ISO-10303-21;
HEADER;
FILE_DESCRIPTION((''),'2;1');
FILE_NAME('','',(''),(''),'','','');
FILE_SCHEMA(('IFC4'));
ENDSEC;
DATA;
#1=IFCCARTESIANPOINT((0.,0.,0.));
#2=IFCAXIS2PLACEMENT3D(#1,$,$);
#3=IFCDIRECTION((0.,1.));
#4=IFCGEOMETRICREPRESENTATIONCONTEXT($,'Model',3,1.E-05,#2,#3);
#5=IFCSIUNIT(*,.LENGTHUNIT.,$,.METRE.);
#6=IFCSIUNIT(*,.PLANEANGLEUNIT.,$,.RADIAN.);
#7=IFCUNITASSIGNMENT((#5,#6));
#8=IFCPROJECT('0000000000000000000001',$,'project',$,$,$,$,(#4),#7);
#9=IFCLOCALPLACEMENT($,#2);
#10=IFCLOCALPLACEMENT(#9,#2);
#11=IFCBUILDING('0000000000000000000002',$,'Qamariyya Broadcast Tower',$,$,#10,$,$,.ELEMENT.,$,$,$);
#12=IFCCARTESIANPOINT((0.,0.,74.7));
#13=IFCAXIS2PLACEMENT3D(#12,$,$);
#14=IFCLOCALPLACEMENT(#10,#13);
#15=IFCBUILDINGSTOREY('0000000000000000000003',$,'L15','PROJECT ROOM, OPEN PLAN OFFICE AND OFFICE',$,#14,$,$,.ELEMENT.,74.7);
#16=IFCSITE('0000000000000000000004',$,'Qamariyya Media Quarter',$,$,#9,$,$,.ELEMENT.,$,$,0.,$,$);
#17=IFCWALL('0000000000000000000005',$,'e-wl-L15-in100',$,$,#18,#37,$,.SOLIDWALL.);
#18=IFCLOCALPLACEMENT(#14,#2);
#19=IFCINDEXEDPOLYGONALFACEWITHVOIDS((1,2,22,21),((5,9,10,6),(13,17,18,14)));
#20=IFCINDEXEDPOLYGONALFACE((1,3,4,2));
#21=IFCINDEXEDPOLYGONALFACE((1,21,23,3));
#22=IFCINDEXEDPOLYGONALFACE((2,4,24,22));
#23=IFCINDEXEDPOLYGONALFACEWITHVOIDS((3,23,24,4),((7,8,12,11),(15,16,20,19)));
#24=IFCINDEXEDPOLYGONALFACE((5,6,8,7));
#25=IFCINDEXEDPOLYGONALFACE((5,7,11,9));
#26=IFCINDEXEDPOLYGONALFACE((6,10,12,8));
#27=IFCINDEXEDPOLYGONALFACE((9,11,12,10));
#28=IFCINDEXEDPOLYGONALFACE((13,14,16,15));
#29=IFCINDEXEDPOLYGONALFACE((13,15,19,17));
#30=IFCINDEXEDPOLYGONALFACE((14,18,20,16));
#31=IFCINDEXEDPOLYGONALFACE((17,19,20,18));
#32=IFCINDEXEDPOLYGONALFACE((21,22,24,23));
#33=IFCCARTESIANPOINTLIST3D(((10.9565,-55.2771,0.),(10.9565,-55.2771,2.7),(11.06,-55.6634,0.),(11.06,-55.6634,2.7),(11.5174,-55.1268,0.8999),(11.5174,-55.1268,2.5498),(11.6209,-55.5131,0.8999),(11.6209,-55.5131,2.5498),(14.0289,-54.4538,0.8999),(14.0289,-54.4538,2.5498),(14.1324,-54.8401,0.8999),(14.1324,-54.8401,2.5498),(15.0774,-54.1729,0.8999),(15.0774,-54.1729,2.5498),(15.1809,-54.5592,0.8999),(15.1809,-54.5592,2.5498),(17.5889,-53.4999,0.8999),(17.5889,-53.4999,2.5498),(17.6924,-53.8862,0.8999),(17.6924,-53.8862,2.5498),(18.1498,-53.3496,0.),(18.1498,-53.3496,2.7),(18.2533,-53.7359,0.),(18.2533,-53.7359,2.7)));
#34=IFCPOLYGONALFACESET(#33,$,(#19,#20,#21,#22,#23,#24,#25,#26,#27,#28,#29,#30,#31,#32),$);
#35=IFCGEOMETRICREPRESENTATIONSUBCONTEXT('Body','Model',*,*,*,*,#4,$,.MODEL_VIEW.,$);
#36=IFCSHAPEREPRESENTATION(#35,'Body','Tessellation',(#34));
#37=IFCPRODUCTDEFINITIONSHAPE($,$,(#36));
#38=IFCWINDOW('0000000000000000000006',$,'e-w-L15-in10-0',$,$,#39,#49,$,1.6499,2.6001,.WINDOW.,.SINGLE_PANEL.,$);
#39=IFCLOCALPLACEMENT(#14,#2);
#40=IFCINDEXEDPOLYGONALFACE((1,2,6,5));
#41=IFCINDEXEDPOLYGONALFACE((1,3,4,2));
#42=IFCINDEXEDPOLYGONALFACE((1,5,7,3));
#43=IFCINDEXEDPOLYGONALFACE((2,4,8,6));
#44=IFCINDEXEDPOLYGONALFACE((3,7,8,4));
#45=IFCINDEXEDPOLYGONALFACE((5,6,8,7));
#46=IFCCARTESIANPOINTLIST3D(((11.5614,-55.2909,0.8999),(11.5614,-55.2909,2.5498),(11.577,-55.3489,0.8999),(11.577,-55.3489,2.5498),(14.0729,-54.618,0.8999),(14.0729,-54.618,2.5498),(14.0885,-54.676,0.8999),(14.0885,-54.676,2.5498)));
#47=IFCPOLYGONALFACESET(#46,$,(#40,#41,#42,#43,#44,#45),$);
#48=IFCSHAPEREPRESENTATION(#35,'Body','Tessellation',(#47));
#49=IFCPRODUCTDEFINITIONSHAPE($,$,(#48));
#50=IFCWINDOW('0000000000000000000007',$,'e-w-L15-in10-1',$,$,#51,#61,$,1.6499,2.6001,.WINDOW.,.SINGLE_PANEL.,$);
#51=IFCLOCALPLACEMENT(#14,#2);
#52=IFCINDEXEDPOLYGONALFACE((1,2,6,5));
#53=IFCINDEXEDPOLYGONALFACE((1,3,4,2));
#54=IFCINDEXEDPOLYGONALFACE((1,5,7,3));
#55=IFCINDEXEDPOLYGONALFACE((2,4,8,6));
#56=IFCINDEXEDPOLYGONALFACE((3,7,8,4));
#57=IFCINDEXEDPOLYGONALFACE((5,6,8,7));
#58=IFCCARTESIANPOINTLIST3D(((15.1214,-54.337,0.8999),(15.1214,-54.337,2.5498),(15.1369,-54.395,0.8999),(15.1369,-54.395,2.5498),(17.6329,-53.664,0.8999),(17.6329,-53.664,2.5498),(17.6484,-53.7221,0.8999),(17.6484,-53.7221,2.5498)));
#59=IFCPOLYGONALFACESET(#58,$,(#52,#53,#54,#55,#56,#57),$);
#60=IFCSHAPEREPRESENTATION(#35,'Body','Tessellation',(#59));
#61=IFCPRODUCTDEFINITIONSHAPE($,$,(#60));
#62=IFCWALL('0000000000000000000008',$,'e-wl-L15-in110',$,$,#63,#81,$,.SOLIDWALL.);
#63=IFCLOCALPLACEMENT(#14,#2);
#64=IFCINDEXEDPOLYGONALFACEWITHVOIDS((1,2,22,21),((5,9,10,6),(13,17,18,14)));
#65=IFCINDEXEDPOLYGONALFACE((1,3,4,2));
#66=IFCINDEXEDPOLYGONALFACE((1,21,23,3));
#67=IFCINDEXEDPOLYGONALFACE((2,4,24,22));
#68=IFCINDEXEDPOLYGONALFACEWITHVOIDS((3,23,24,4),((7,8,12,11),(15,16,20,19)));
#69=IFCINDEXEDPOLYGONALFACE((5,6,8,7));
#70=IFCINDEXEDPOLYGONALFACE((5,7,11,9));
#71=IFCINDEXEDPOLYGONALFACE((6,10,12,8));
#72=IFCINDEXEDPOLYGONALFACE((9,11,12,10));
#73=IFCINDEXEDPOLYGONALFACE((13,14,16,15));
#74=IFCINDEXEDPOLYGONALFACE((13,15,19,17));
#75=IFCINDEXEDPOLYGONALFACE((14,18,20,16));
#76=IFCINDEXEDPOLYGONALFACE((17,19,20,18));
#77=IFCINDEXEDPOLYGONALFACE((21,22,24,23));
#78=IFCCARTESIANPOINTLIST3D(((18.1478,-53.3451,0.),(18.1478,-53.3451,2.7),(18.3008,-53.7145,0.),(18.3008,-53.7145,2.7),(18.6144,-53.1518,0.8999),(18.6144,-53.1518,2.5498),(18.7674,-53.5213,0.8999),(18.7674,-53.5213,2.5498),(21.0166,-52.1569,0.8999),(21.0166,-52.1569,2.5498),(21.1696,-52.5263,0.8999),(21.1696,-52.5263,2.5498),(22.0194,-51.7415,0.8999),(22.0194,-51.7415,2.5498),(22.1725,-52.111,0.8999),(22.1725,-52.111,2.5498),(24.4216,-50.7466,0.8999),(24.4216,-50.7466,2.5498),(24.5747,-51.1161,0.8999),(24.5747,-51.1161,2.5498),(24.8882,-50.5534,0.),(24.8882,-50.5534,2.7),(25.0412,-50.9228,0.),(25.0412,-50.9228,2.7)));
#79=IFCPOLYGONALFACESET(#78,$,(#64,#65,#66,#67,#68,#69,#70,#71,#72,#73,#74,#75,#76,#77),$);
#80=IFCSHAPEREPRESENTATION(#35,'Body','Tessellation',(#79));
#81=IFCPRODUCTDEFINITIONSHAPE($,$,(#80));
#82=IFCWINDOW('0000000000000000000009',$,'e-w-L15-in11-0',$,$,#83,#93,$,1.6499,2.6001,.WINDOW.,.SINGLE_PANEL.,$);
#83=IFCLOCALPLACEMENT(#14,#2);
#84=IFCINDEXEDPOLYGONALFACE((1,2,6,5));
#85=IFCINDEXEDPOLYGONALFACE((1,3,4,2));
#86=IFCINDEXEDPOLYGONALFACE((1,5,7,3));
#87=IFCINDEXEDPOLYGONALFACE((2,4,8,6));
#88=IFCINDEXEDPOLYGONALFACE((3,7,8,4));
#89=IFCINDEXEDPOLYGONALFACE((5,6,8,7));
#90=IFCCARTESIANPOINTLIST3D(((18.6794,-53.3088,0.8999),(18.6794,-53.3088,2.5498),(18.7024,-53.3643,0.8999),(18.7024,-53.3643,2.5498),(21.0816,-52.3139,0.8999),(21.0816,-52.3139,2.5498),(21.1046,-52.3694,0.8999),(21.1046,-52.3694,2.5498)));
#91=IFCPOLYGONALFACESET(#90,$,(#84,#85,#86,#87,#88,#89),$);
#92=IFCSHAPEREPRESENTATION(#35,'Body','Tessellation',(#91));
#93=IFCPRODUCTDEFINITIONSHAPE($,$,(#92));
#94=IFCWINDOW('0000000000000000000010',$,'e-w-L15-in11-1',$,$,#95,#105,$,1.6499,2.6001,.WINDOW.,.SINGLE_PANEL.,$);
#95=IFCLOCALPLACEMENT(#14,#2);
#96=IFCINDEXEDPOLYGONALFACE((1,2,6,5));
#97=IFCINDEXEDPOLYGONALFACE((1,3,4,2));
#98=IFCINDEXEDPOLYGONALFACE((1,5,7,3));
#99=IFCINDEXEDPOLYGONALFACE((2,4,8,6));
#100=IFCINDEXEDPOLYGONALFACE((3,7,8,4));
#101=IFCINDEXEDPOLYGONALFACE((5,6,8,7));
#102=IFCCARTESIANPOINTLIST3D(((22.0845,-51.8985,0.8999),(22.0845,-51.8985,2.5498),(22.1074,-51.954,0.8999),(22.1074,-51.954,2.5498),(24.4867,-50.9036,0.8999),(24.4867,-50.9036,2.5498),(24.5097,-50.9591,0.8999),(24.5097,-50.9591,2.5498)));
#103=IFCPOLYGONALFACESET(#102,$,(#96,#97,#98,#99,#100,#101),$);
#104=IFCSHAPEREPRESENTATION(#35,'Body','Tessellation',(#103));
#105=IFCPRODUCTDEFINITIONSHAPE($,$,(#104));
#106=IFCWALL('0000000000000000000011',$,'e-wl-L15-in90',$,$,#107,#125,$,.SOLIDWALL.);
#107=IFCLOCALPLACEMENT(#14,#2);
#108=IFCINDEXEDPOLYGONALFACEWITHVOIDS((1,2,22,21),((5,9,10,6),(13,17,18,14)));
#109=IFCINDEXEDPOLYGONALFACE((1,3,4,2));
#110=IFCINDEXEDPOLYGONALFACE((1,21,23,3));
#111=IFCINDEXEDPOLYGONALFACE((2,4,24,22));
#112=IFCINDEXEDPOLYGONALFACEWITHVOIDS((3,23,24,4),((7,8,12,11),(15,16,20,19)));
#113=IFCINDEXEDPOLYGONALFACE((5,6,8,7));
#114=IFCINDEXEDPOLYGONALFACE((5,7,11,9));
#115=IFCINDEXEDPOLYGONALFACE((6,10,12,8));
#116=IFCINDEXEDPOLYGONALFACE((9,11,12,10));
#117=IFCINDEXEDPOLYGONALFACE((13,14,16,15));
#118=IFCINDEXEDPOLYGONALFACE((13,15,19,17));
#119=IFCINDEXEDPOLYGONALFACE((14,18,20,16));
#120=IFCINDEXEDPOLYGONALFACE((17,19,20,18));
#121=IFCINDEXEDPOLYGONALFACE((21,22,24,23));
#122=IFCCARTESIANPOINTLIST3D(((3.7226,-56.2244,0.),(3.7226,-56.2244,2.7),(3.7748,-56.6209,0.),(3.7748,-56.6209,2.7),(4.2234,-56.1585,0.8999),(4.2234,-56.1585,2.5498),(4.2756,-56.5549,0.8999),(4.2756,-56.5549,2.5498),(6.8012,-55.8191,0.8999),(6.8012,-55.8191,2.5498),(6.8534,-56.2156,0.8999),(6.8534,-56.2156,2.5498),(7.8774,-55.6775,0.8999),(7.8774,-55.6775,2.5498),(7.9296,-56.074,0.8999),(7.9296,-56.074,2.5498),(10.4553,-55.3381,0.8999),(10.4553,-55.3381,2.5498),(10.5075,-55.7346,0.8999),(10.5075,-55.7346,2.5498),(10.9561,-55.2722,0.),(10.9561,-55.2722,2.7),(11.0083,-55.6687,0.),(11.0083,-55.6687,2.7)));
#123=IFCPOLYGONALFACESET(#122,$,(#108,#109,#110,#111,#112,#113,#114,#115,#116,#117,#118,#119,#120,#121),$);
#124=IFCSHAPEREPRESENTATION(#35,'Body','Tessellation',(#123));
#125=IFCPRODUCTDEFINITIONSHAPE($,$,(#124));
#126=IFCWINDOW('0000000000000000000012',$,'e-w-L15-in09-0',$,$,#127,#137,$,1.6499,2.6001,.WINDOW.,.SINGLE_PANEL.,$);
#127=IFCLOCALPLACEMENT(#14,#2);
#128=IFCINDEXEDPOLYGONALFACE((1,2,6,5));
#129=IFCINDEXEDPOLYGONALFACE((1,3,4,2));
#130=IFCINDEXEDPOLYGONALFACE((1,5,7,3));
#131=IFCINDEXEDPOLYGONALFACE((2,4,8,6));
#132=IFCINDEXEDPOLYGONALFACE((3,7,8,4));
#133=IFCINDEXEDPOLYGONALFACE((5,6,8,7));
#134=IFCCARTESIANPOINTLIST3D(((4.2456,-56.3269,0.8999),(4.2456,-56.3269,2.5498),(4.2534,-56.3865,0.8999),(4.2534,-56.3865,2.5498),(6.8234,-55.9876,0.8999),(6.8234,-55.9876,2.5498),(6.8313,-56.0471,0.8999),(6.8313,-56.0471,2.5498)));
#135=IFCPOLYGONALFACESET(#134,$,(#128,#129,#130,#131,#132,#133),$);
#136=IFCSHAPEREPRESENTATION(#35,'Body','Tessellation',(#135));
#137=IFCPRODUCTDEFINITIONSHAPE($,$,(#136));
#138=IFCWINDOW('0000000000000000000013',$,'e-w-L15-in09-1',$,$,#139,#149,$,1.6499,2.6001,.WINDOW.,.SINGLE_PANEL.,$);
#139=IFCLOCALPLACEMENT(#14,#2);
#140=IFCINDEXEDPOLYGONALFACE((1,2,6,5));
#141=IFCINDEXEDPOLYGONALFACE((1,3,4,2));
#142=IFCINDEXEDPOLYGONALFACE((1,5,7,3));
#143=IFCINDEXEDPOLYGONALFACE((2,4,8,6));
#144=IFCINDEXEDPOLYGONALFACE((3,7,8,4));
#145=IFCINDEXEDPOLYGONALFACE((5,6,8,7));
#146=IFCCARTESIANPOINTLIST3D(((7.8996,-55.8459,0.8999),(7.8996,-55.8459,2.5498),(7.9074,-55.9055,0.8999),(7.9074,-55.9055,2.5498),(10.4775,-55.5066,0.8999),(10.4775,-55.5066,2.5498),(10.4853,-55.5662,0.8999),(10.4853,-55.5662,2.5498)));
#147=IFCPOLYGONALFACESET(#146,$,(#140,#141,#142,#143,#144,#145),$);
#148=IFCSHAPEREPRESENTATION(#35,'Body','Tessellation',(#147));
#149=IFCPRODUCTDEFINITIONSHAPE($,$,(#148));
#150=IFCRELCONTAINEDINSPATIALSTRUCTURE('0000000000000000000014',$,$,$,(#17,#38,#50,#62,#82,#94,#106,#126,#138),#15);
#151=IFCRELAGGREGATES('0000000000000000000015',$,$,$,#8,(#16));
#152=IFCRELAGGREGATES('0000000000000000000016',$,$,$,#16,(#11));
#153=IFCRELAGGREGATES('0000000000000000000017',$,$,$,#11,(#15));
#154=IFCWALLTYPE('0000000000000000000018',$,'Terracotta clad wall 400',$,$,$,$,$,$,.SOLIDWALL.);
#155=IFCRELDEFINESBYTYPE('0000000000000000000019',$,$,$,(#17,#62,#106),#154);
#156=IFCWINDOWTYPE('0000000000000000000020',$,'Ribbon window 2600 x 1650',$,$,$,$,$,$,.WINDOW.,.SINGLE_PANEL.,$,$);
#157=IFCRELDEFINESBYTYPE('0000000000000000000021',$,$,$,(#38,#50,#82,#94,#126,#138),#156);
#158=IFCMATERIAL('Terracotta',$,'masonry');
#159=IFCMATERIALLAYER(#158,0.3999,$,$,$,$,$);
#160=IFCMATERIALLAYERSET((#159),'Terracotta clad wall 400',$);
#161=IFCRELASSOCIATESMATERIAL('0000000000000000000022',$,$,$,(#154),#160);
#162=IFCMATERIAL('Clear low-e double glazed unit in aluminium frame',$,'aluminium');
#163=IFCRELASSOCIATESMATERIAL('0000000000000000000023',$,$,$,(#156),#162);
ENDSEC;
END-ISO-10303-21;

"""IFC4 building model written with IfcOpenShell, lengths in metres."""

from ifc_helpers import new_model, si_unit, direction, frame, frame_2d, origin, place, context, subcontext, project, spatial, rectangle, extrude, material, layer, layer_set, type_object, element, fill, save


model = new_model("IFC4")

# Units and contexts
model_context = context("Model", 3, precision=1e-05, world=origin(), true_north=direction((0.0, 1.0)))
body_context = subcontext(model_context, "Body", "Model", "MODEL_VIEW")
ifc_project = project(units=[si_unit("LENGTHUNIT", "METRE"), si_unit("PLANEANGLEUNIT", "RADIAN")], contexts=[model_context])

# Site, building, storey
site_placement = place(None, origin())
site = spatial("IfcSite", under=ifc_project, at=site_placement, Name="Qamariyya Media Quarter", CompositionType="ELEMENT", RefElevation=0.0)
building_placement = place(site_placement, origin())
building = spatial("IfcBuilding", under=site, at=building_placement, Name="Qamariyya Broadcast Tower", CompositionType="ELEMENT")
storey_placement = place(building_placement, frame((0.0, 0.0, 74.7)))
storey = spatial("IfcBuildingStorey", under=building, at=storey_placement, Name="L15", Description="PROJECT ROOM, OPEN PLAN OFFICE AND OFFICE", CompositionType="ELEMENT", Elevation=74.7)

# Walls, openings, windows
ifc_material_1 = material(Name="Terracotta", Category="masonry")
ifc_layer_1 = layer(ifc_material_1, 0.3999)
ifc_layer_set_1 = layer_set([ifc_layer_1], Name="Terracotta clad wall 400")
wall_type_1 = type_object("IfcWallType", Name="Terracotta clad wall 400", PredefinedType="SOLIDWALL", material=ifc_layer_set_1)
wall_1_placement = place(storey_placement, frame((18.2017, -53.5427, 0.0), z_axis=(0.0, 0.0, 1.0), x_axis=(-0.965925, -0.258823, 0.0)))
wall_1 = element("IfcWall", 1, at=wall_1_placement, inside=storey, type_object=wall_type_1, Name="e-wl-L15-in100", PredefinedType="SOLIDWALL", context=body_context, shape_type="SweptSolid", body=[
    extrude(rectangle(XDim=7.447, YDim=0.3999, at=frame_2d((3.7236, 0.0))), origin(), (0.0, 0.0, 1.0), 2.7),
])
opening_1_placement = place(wall_1_placement, frame((4.2664, 0.0, 0.8999)))
opening_1 = element("IfcOpeningElement", 2, at=opening_1_placement, cuts=wall_1, PredefinedType="OPENING", context=body_context, shape_type="SweptSolid", body=[
    extrude(rectangle(XDim=2.6001, YDim=1.6499, at=frame_2d((1.3, 0.825))), frame((0.0, 0.21, 0.0), z_axis=(0.0, -1.0, 0.0), x_axis=(1.0, 0.0, 0.0)), (0.0, 0.0, 1.0), 0.4199),
])
opening_2_placement = place(wall_1_placement, frame((0.5808, 0.0, 0.8999)))
opening_2 = element("IfcOpeningElement", 3, at=opening_2_placement, cuts=wall_1, PredefinedType="OPENING", context=body_context, shape_type="SweptSolid", body=[
    extrude(rectangle(XDim=2.6001, YDim=1.6499, at=frame_2d((1.3, 0.825))), frame((0.0, 0.21, 0.0), z_axis=(0.0, -1.0, 0.0), x_axis=(1.0, 0.0, 0.0)), (0.0, 0.0, 1.0), 0.4199),
])
ifc_material_2 = material(Name="Clear low-e double glazed unit in aluminium frame", Category="aluminium")
window_type = type_object("IfcWindowType", Name="Ribbon window 2600 x 1650", PartitioningType="SINGLE_PANEL", PredefinedType="WINDOW", material=ifc_material_2)
window_1_placement = place(opening_1_placement, origin())
window_1 = element("IfcWindow", 4, at=window_1_placement, inside=storey, type_object=window_type, Name="e-w-L15-in10-0", OverallHeight=1.6499, OverallWidth=2.6001, PartitioningType="SINGLE_PANEL", PredefinedType="WINDOW", context=body_context, shape_type="SweptSolid", body=[
    extrude(rectangle(XDim=2.6001, YDim=1.6499, at=frame_2d((1.3, 0.825))), frame((0.0, 0.03, 0.0), z_axis=(0.0, -1.0, 0.0), x_axis=(1.0, 0.0, 0.0)), (0.0, 0.0, 1.0), 0.0601),
])
fill(opening_1, window_1)
window_2_placement = place(opening_2_placement, origin())
window_2 = element("IfcWindow", 5, at=window_2_placement, inside=storey, type_object=window_type, Name="e-w-L15-in10-1", OverallHeight=1.6499, OverallWidth=2.6001, PartitioningType="SINGLE_PANEL", PredefinedType="WINDOW", context=body_context, shape_type="SweptSolid", body=[
    extrude(rectangle(XDim=2.6001, YDim=1.6499, at=frame_2d((1.3, 0.825))), frame((0.0, 0.03, 0.0), z_axis=(0.0, -1.0, 0.0), x_axis=(1.0, 0.0, 0.0)), (0.0, 0.0, 1.0), 0.0601),
])
fill(opening_2, window_2)
wall_2_placement = place(storey_placement, frame((24.9648, -50.738, 0.0), z_axis=(0.0, 0.0, 1.0), x_axis=(-0.923892, -0.382654, 0.0)))
wall_2 = element("IfcWall", 6, at=wall_2_placement, inside=storey, type_object=wall_type_1, Name="e-wl-L15-in110", PredefinedType="SOLIDWALL", context=body_context, shape_type="SweptSolid", body=[
    extrude(rectangle(XDim=7.2957, YDim=0.3999, at=frame_2d((3.6479, 0.0))), origin(), (0.0, 0.0, 1.0), 2.7),
])
opening_3_placement = place(wall_2_placement, frame((4.1907, 0.0, 0.8999)))
opening_3 = element("IfcOpeningElement", 7, at=opening_3_placement, cuts=wall_2, PredefinedType="OPENING", context=body_context, shape_type="SweptSolid", body=[
    extrude(rectangle(XDim=2.6001, YDim=1.6499, at=frame_2d((1.3, 0.825))), frame((0.0, 0.21, 0.0), z_axis=(0.0, -1.0, 0.0), x_axis=(1.0, 0.0, 0.0)), (0.0, 0.0, 1.0), 0.4199),
])
opening_4_placement = place(wall_2_placement, frame((0.5051, 0.0, 0.8999)))
opening_4 = element("IfcOpeningElement", 8, at=opening_4_placement, cuts=wall_2, PredefinedType="OPENING", context=body_context, shape_type="SweptSolid", body=[
    extrude(rectangle(XDim=2.6001, YDim=1.6499, at=frame_2d((1.3, 0.825))), frame((0.0, 0.21, 0.0), z_axis=(0.0, -1.0, 0.0), x_axis=(1.0, 0.0, 0.0)), (0.0, 0.0, 1.0), 0.4199),
])
window_3_placement = place(opening_3_placement, origin())
window_3 = element("IfcWindow", 9, at=window_3_placement, inside=storey, type_object=window_type, Name="e-w-L15-in11-0", OverallHeight=1.6499, OverallWidth=2.6001, PartitioningType="SINGLE_PANEL", PredefinedType="WINDOW", context=body_context, shape_type="SweptSolid", body=[
    extrude(rectangle(XDim=2.6001, YDim=1.6499, at=frame_2d((1.3, 0.825))), frame((0.0, 0.03, 0.0), z_axis=(0.0, -1.0, 0.0), x_axis=(1.0, 0.0, 0.0)), (0.0, 0.0, 1.0), 0.0601),
])
fill(opening_3, window_3)
window_4_placement = place(opening_4_placement, origin())
window_4 = element("IfcWindow", 10, at=window_4_placement, inside=storey, type_object=window_type, Name="e-w-L15-in11-1", OverallHeight=1.6499, OverallWidth=2.6001, PartitioningType="SINGLE_PANEL", PredefinedType="WINDOW", context=body_context, shape_type="SweptSolid", body=[
    extrude(rectangle(XDim=2.6001, YDim=1.6499, at=frame_2d((1.3, 0.825))), frame((0.0, 0.03, 0.0), z_axis=(0.0, -1.0, 0.0), x_axis=(1.0, 0.0, 0.0)), (0.0, 0.0, 1.0), 0.0601),
])
fill(opening_4, window_4)
wall_3_placement = place(storey_placement, frame((10.9822, -55.4705, 0.0), z_axis=(0.0, 0.0, 1.0), x_axis=(-0.991447, -0.130506, 0.0)))
wall_3 = element("IfcWall", 11, at=wall_3_placement, inside=storey, type_object=wall_type_1, Name="e-wl-L15-in90", PredefinedType="SOLIDWALL", context=body_context, shape_type="SweptSolid", body=[
    extrude(rectangle(XDim=7.2959, YDim=0.3999, at=frame_2d((3.6479, 0.0))), origin(), (0.0, 0.0, 1.0), 2.7),
])
opening_5_placement = place(wall_3_placement, frame((4.1907, 0.0, 0.8999)))
opening_5 = element("IfcOpeningElement", 12, at=opening_5_placement, cuts=wall_3, PredefinedType="OPENING", context=body_context, shape_type="SweptSolid", body=[
    extrude(rectangle(XDim=2.6001, YDim=1.6499, at=frame_2d((1.3, 0.825))), frame((0.0, 0.21, 0.0), z_axis=(0.0, -1.0, 0.0), x_axis=(1.0, 0.0, 0.0)), (0.0, 0.0, 1.0), 0.4199),
])
opening_6_placement = place(wall_3_placement, frame((0.5051, 0.0, 0.8999)))
opening_6 = element("IfcOpeningElement", 13, at=opening_6_placement, cuts=wall_3, PredefinedType="OPENING", context=body_context, shape_type="SweptSolid", body=[
    extrude(rectangle(XDim=2.6001, YDim=1.6499, at=frame_2d((1.3, 0.825))), frame((0.0, 0.21, 0.0), z_axis=(0.0, -1.0, 0.0), x_axis=(1.0, 0.0, 0.0)), (0.0, 0.0, 1.0), 0.4199),
])
window_5_placement = place(opening_5_placement, origin())
window_5 = element("IfcWindow", 14, at=window_5_placement, inside=storey, type_object=window_type, Name="e-w-L15-in09-0", OverallHeight=1.6499, OverallWidth=2.6001, PartitioningType="SINGLE_PANEL", PredefinedType="WINDOW", context=body_context, shape_type="SweptSolid", body=[
    extrude(rectangle(XDim=2.6001, YDim=1.6499, at=frame_2d((1.3, 0.825))), frame((0.0, 0.03, 0.0), z_axis=(0.0, -1.0, 0.0), x_axis=(1.0, 0.0, 0.0)), (0.0, 0.0, 1.0), 0.0601),
])
fill(opening_5, window_5)
window_6_placement = place(opening_6_placement, origin())
window_6 = element("IfcWindow", 15, at=window_6_placement, inside=storey, type_object=window_type, Name="e-w-L15-in09-1", OverallHeight=1.6499, OverallWidth=2.6001, PartitioningType="SINGLE_PANEL", PredefinedType="WINDOW", context=body_context, shape_type="SweptSolid", body=[
    extrude(rectangle(XDim=2.6001, YDim=1.6499, at=frame_2d((1.3, 0.825))), frame((0.0, 0.03, 0.0), z_axis=(0.0, -1.0, 0.0), x_axis=(1.0, 0.0, 0.0)), (0.0, 0.0, 1.0), 0.0601),
])
fill(opening_6, window_6)

save(model, "model.ifc")
